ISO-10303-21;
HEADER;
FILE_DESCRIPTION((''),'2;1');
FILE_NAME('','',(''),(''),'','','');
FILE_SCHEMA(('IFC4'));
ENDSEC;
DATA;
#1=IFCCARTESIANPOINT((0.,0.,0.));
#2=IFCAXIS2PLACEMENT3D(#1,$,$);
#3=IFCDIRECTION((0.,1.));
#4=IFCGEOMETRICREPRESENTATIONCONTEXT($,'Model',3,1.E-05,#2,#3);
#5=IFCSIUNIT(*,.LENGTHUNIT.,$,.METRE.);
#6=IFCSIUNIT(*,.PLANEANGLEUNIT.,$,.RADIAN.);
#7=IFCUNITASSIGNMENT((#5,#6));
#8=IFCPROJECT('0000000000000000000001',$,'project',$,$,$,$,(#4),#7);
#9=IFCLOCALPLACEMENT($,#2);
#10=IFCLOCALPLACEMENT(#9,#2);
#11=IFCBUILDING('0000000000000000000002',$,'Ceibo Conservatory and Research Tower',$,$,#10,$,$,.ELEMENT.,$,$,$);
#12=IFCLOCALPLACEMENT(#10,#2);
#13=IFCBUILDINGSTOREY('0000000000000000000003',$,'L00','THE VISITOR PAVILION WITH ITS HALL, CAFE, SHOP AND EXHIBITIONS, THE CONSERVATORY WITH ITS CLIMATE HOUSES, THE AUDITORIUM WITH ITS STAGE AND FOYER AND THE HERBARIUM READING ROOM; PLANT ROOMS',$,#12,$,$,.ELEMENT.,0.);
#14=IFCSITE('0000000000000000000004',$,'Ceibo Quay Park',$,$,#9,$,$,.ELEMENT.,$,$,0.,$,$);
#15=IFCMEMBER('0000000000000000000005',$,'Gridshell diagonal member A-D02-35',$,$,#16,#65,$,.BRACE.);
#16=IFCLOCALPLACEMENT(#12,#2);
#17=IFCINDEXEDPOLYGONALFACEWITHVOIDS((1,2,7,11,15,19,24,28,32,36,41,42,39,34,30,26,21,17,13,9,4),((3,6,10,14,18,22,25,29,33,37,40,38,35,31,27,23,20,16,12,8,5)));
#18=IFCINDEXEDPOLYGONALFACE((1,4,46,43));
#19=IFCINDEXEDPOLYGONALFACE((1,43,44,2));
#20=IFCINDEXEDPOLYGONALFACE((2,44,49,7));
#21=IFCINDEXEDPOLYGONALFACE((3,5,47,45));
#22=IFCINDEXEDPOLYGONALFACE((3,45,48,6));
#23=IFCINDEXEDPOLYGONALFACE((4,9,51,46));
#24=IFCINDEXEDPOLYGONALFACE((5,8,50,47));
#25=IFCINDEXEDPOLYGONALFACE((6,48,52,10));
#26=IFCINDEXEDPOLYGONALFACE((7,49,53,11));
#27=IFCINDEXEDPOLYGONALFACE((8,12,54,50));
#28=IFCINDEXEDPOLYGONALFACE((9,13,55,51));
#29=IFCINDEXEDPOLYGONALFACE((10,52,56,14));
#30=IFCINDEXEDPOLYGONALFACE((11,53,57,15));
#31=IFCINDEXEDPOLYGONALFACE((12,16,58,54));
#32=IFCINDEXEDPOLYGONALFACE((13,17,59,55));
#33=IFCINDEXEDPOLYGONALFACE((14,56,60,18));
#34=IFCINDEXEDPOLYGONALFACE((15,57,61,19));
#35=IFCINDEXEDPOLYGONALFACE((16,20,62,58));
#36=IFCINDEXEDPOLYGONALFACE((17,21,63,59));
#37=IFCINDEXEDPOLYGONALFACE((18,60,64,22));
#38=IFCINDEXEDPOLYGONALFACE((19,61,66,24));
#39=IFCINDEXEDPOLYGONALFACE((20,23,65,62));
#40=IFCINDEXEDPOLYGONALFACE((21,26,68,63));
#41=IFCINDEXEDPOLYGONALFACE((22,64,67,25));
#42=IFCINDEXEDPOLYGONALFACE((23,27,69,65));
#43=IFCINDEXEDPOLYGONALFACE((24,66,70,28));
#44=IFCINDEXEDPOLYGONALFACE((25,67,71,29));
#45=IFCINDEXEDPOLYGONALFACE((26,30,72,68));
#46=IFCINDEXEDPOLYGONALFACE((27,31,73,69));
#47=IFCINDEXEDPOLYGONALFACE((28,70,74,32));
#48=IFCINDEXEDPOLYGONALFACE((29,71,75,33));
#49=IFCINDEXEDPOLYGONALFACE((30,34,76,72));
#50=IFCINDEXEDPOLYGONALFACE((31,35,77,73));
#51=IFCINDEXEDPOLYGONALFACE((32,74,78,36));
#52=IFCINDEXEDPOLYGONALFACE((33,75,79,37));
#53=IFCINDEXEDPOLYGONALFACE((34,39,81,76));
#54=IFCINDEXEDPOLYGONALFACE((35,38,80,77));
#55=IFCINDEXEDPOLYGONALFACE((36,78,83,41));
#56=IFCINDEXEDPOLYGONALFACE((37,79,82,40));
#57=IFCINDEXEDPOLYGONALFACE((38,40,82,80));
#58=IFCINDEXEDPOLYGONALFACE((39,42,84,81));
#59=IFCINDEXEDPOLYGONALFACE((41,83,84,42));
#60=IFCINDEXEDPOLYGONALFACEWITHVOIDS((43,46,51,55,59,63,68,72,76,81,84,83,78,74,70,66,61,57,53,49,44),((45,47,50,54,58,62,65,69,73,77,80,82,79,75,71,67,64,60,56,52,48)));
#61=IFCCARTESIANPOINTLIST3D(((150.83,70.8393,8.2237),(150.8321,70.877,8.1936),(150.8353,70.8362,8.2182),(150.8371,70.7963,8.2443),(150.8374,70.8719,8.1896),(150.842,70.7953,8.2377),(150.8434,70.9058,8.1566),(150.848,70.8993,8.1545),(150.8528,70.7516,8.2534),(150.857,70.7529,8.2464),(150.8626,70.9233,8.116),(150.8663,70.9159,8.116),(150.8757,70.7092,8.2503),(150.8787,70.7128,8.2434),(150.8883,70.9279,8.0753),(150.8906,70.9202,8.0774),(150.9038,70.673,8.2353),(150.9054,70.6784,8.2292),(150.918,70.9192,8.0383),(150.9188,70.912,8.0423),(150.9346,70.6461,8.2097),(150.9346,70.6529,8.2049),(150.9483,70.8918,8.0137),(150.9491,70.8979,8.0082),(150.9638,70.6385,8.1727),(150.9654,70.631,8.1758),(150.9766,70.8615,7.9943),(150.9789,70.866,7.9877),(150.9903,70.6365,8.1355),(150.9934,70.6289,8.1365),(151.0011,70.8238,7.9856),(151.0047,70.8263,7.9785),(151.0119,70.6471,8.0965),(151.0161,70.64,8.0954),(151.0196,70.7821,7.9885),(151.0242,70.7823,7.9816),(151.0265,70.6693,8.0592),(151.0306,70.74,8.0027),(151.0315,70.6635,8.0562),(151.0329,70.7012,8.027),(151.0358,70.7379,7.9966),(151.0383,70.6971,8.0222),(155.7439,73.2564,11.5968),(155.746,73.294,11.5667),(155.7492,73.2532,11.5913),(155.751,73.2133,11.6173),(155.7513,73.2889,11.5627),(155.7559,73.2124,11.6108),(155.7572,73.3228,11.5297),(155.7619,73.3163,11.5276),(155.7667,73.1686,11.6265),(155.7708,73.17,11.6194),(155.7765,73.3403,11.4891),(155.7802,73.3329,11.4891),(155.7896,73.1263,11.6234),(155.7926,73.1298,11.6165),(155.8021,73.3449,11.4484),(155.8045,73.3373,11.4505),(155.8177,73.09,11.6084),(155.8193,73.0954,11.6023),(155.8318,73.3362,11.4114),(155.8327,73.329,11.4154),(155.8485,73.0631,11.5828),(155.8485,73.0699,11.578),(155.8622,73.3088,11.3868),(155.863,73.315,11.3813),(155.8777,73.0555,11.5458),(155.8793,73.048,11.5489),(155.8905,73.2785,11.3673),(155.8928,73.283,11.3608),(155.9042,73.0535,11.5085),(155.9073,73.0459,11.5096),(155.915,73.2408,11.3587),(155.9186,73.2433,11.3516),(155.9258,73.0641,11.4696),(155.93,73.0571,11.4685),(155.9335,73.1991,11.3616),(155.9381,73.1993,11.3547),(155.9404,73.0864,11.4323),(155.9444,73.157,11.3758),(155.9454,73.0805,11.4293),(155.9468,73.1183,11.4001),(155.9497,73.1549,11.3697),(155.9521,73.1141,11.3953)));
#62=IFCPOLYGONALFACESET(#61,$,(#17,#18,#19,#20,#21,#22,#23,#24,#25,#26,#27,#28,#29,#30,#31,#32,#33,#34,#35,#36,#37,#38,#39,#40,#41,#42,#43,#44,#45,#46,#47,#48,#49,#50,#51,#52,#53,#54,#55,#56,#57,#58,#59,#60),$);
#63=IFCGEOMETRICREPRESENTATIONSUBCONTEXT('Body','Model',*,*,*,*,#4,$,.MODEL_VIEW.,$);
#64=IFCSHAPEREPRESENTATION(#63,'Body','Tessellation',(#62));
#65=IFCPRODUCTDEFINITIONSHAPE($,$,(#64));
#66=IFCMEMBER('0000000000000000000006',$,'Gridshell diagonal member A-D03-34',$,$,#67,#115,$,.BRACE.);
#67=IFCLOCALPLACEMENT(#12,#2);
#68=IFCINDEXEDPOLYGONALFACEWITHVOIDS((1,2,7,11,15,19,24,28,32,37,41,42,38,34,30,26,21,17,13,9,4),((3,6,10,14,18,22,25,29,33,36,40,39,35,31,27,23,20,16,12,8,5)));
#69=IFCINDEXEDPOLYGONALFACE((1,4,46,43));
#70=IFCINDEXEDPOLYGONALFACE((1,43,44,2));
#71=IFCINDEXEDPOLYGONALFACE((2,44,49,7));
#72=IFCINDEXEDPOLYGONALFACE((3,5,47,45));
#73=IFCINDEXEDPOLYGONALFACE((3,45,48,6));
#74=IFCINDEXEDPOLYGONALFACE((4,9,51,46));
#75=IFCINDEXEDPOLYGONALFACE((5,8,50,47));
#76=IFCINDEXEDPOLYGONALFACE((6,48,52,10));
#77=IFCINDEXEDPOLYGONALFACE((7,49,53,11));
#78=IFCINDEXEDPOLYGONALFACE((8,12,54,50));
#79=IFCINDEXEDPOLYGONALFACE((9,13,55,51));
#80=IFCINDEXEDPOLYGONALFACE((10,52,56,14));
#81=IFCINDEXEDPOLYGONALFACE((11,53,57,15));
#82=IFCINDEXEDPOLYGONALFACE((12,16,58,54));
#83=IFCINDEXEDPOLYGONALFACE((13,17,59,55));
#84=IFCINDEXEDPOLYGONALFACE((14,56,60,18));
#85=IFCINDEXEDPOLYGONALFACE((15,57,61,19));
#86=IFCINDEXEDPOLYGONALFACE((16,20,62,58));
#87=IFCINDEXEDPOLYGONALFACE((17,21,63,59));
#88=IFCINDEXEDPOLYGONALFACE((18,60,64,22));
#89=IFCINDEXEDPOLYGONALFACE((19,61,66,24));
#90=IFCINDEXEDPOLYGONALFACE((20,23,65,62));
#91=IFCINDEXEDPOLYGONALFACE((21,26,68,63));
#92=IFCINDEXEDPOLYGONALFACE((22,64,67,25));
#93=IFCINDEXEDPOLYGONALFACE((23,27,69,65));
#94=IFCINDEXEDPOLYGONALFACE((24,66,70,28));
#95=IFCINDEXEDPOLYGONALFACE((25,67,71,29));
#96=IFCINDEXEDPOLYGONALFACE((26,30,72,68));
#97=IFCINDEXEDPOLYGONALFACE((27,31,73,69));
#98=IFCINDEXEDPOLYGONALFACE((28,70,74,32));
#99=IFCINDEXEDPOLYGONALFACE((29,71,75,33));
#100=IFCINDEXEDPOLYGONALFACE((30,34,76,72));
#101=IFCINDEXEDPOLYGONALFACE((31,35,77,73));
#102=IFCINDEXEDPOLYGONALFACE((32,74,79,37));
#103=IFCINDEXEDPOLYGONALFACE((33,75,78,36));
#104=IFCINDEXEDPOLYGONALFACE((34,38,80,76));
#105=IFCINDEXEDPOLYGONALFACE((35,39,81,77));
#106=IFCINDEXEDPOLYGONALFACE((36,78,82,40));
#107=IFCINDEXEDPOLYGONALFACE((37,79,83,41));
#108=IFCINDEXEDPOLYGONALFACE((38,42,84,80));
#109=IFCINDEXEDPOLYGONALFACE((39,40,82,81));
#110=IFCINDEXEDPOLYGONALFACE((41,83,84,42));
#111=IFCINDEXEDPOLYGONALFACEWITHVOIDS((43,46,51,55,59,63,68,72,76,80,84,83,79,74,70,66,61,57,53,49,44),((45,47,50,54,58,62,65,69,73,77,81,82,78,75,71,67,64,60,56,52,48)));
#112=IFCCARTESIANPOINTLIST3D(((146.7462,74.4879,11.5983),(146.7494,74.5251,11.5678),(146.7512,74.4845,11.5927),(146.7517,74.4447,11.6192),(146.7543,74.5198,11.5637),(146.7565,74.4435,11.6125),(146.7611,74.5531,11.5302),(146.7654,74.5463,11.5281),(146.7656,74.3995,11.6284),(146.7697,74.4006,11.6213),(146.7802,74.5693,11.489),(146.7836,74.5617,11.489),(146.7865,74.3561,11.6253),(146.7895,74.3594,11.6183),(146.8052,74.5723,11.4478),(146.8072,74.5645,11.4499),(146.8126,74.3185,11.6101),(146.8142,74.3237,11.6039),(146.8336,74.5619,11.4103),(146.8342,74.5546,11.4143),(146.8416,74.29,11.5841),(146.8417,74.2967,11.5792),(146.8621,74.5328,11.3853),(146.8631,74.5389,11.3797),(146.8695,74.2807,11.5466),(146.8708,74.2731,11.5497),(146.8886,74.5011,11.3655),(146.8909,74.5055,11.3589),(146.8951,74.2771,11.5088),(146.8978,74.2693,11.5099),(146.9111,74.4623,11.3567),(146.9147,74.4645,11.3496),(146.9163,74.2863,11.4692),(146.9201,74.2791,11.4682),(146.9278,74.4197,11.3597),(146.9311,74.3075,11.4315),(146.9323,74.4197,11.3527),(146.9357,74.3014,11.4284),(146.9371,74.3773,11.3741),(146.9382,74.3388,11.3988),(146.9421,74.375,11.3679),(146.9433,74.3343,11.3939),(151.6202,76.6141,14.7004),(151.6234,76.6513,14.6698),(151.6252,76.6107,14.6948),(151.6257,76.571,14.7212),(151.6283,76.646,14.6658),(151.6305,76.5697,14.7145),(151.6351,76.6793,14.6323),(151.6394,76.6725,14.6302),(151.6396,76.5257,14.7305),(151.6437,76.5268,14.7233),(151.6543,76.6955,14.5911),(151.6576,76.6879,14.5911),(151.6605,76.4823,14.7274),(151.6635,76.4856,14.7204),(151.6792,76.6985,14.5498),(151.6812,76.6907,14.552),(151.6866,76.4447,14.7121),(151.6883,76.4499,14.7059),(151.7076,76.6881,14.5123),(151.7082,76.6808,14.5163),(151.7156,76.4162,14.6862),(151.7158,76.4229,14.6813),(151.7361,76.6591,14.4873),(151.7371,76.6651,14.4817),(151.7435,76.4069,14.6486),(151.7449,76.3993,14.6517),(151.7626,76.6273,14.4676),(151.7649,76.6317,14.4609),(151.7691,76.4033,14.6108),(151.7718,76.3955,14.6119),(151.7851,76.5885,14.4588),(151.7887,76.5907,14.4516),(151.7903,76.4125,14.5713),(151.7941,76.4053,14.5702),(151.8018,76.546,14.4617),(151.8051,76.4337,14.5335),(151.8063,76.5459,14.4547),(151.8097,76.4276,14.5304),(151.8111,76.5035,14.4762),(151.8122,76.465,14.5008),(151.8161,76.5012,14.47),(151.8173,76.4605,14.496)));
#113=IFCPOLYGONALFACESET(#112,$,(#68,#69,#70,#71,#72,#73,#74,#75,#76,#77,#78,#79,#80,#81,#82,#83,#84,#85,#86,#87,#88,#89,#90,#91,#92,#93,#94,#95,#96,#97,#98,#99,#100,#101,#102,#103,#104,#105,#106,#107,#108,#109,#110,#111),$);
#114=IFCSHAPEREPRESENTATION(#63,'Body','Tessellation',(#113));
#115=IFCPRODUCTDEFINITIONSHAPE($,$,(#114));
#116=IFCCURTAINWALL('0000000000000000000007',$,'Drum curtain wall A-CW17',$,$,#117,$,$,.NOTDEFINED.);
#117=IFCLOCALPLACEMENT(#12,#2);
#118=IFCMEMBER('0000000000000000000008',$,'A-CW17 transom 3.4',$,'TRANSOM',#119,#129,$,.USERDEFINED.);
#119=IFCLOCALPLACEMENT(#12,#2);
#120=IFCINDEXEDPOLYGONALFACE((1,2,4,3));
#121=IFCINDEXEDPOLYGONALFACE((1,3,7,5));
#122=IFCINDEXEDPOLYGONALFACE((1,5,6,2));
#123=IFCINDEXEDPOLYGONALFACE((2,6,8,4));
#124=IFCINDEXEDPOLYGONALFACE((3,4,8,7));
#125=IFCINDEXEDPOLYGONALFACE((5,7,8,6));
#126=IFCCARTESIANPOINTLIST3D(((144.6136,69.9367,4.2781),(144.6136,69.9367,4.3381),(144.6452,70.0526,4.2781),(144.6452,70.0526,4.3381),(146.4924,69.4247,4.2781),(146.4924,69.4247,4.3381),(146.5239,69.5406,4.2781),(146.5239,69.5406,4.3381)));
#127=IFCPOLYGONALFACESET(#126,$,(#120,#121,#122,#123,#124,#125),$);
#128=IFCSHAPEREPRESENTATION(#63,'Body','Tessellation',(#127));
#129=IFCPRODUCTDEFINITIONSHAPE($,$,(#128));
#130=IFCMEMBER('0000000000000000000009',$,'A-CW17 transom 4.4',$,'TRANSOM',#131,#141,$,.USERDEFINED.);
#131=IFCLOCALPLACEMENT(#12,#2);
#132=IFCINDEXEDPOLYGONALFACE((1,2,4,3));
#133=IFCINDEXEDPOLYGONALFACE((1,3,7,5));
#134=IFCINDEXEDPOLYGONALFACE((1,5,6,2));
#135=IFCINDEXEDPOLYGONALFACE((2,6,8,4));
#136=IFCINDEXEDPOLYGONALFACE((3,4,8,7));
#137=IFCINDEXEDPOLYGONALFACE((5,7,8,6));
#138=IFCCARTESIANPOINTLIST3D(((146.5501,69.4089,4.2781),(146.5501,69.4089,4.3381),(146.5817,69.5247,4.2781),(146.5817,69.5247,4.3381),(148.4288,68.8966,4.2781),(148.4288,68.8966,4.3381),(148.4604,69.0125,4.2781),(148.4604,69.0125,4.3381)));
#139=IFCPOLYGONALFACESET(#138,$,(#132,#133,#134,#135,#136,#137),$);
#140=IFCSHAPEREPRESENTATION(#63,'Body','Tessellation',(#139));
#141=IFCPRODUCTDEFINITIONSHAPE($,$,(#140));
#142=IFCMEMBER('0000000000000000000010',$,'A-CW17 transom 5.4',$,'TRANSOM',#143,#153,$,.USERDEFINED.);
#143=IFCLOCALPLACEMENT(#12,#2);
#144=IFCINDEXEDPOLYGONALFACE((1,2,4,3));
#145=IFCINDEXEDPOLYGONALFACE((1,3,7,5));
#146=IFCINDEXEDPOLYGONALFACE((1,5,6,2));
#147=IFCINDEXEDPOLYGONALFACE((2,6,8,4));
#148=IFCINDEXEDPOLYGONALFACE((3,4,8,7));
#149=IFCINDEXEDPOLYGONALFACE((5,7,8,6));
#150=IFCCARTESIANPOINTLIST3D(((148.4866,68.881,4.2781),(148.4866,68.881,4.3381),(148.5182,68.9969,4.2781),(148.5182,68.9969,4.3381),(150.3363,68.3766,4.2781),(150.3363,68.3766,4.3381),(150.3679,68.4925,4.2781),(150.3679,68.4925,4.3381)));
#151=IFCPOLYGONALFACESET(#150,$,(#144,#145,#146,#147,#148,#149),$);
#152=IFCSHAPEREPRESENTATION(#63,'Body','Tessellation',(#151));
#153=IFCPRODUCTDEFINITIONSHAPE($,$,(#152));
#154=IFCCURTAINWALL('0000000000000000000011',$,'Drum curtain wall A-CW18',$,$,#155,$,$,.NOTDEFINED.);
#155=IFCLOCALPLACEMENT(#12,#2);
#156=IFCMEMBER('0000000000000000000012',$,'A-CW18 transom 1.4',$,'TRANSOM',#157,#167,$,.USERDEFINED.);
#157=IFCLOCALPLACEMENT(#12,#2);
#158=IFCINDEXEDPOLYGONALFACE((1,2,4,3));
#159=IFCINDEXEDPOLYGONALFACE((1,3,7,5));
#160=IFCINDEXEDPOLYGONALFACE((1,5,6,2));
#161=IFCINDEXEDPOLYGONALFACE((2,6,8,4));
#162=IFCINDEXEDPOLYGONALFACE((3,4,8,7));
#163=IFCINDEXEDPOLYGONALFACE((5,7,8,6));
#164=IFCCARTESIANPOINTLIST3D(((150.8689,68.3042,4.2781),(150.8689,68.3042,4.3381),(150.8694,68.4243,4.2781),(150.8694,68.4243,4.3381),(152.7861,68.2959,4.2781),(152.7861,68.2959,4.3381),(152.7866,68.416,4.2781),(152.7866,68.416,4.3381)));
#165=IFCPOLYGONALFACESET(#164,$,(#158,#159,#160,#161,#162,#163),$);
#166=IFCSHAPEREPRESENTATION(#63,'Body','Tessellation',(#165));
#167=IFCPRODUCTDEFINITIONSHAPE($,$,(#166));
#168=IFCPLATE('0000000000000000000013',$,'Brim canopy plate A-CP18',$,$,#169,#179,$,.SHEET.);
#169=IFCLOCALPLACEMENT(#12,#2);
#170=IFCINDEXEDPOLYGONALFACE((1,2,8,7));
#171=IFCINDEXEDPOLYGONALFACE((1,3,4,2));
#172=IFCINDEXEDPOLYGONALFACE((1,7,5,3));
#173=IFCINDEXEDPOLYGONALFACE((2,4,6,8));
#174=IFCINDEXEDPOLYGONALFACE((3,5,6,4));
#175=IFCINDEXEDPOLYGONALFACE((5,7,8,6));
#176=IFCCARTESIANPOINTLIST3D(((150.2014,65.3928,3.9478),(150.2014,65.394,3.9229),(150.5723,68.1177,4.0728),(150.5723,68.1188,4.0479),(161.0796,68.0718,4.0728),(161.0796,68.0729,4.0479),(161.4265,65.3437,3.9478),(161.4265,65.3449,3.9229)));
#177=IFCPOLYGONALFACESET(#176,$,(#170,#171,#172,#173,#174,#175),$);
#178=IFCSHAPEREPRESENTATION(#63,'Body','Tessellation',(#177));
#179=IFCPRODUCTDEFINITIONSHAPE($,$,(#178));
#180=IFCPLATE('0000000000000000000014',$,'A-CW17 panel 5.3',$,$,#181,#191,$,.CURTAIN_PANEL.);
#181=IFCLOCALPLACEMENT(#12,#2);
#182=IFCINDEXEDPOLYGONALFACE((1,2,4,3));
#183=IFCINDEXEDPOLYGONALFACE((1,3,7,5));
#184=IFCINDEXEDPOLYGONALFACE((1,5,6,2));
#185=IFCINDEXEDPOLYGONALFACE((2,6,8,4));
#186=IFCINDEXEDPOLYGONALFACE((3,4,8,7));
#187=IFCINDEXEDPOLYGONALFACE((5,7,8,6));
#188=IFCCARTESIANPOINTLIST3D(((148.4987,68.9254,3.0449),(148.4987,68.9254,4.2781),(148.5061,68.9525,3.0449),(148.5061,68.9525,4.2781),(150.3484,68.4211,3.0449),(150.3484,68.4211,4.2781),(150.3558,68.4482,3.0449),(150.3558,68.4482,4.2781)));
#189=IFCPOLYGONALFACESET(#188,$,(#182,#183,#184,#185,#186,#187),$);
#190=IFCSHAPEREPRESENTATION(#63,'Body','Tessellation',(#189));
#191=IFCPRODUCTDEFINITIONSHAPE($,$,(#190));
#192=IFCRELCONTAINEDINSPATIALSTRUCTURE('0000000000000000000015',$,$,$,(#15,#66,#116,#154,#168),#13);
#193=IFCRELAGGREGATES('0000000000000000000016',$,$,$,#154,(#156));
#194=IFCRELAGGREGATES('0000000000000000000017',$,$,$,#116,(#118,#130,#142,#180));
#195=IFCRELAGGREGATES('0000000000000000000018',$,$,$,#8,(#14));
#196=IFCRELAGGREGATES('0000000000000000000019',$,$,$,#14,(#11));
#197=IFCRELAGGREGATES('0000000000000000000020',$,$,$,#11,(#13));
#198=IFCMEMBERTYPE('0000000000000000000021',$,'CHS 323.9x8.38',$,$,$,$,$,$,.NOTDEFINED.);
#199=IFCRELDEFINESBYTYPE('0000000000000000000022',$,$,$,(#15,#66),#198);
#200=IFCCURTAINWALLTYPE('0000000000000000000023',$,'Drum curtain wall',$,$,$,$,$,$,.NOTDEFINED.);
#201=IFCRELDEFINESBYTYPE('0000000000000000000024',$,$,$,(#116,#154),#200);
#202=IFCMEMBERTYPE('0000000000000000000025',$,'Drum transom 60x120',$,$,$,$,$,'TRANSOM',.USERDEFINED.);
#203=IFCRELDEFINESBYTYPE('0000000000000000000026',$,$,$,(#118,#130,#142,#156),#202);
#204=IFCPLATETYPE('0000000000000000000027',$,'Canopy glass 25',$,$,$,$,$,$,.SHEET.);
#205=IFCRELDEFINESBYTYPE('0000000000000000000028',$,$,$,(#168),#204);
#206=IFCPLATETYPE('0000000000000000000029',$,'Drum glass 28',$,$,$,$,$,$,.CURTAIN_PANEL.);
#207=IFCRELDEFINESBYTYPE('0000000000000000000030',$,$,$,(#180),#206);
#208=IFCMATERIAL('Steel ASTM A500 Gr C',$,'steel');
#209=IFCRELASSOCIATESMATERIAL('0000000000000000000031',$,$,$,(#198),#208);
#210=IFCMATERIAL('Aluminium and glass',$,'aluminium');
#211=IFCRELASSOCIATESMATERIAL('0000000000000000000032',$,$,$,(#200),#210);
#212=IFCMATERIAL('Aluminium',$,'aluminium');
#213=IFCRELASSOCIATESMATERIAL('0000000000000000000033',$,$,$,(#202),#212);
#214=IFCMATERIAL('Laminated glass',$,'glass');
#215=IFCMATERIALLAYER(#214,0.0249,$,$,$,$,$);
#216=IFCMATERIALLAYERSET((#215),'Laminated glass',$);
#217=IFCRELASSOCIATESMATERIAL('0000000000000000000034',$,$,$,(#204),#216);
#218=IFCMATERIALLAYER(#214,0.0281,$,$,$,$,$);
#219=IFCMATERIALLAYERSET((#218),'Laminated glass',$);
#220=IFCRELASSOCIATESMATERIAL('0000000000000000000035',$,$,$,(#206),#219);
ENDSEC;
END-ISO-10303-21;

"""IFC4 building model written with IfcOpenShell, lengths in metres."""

from ifc_helpers import new_model, si_unit, direction, frame, origin, origin_2d, place, context, subcontext, project, spatial, polyline, rectangle, hollow_circle, outline, extrude, material, layer, layer_set, material_profile, profile_set, type_object, element, aggregate, save


model = new_model("IFC4")

# Units and contexts
model_context = context("Model", 3, precision=1e-05, world=origin(), true_north=direction((0.0, 1.0)))
body_context = subcontext(model_context, "Body", "Model", "MODEL_VIEW")
ifc_project = project(units=[si_unit("LENGTHUNIT", "METRE"), si_unit("PLANEANGLEUNIT", "RADIAN")], contexts=[model_context])

# Site, building, storey
site_placement = place(None, origin())
site = spatial("IfcSite", under=ifc_project, at=site_placement, Name="Ceibo Quay Park", CompositionType="ELEMENT", RefElevation=0.0)
building_placement = place(site_placement, origin())
building = spatial("IfcBuilding", under=site, at=building_placement, Name="Ceibo Conservatory and Research Tower", CompositionType="ELEMENT")
storey_placement = place(building_placement, origin())
storey = spatial("IfcBuildingStorey", under=building, at=storey_placement, Name="L00", Description="THE VISITOR PAVILION WITH ITS HALL, CAFE, SHOP AND EXHIBITIONS, THE CONSERVATORY WITH ITS CLIMATE HOUSES, THE AUDITORIUM WITH ITS STAGE AND FOYER AND THE HERBARIUM READING ROOM; PLANT ROOMS", CompositionType="ELEMENT", Elevation=0.0)

# Members
ifc_material_1 = material(Name="Steel ASTM A500 Gr C", Category="steel")
ifc_material_profile_1 = material_profile(ifc_material_1, hollow_circle(Radius=0.1619, WallThickness=0.0083, at=origin_2d()), Name="CHS 323.9x8.38")
ifc_profile_set_1 = profile_set([ifc_material_profile_1], Name="Steel ASTM A500 Gr C")
member_type_1 = type_object("IfcMemberType", Name="CHS 323.9x8.38", PredefinedType="NOTDEFINED", material=ifc_profile_set_1)
member_1_placement = place(storey_placement, frame((150.9341, 70.7781, 8.116), z_axis=(0.764017, 0.375802, 0.524453), x_axis=(-0.441373, 0.897324, 0.0)))
element("IfcMember", 1, at=member_1_placement, inside=storey, type_object=member_type_1, Name="Gridshell diagonal member A-D02-35", PredefinedType="BRACE", context=body_context, shape_type="SweptSolid", body=[
    extrude(hollow_circle(Radius=0.1619, WallThickness=0.0083, at=origin_2d()), origin(), (0.0, 0.0, 1.0), 6.4316),
])
member_2_placement = place(storey_placement, frame((146.845, 74.4209, 11.489), z_axis=(0.791717, 0.345375, 0.503885), x_axis=(-0.399846, 0.916583, 0.0)))
element("IfcMember", 2, at=member_2_placement, inside=storey, type_object=member_type_1, Name="Gridshell diagonal member A-D03-34", PredefinedType="BRACE", context=body_context, shape_type="SweptSolid", body=[
    extrude(hollow_circle(Radius=0.1619, WallThickness=0.0083, at=origin_2d()), origin(), (0.0, 0.0, 1.0), 6.1562),
])

# Curtain wall, members
ifc_material_2 = material(Name="Aluminium and glass", Category="aluminium")
curtain_wall_type = type_object("IfcCurtainWallType", Name="Drum curtain wall", PredefinedType="NOTDEFINED", material=ifc_material_2)
curtain_wall_1_placement = place(storey_placement, origin())
curtain_wall_1 = element("IfcCurtainWall", 3, at=curtain_wall_1_placement, inside=storey, type_object=curtain_wall_type, Name="Drum curtain wall A-CW17", PredefinedType="NOTDEFINED")
ifc_material_3 = material(Name="Aluminium", Category="aluminium")
ifc_material_profile_2 = material_profile(ifc_material_3, rectangle(XDim=0.1201, YDim=0.0601, at=origin_2d()), Name="AL 60x120")
ifc_profile_set_2 = profile_set([ifc_material_profile_2], Name="Aluminium")
member_type_2 = type_object("IfcMemberType", Name="Drum transom 60x120", ElementType="TRANSOM", PredefinedType="USERDEFINED", material=ifc_profile_set_2)
member_3_placement = place(storey_placement, frame((144.6294, 69.9946, 4.3081), z_axis=(0.964816, -0.262926, 0.0), x_axis=(0.262926, 0.964816, 0.0)))
member_3 = element("IfcMember", 4, at=member_3_placement, type_object=member_type_2, Name="A-CW17 transom 3.4", ObjectType="TRANSOM", PredefinedType="USERDEFINED", context=body_context, shape_type="SweptSolid", body=[
    extrude(rectangle(XDim=0.1201, YDim=0.0601, at=origin_2d()), origin(), (0.0, 0.0, 1.0), 1.9473),
])
member_4_placement = place(storey_placement, frame((146.5659, 69.4668, 4.3081), z_axis=(0.964784, -0.263043, 0.0), x_axis=(0.263043, 0.964784, 0.0)))
member_4 = element("IfcMember", 5, at=member_4_placement, type_object=member_type_2, Name="A-CW17 transom 4.4", ObjectType="TRANSOM", PredefinedType="USERDEFINED", context=body_context, shape_type="SweptSolid", body=[
    extrude(rectangle(XDim=0.1201, YDim=0.0601, at=origin_2d()), origin(), (0.0, 0.0, 1.0), 1.9473),
])
member_5_placement = place(storey_placement, frame((148.5024, 68.939, 4.3081), z_axis=(0.96477, -0.263096, 0.0), x_axis=(0.263096, 0.96477, 0.0)))
member_5 = element("IfcMember", 6, at=member_5_placement, type_object=member_type_2, Name="A-CW17 transom 5.4", ObjectType="TRANSOM", PredefinedType="USERDEFINED", context=body_context, shape_type="SweptSolid", body=[
    extrude(rectangle(XDim=0.1201, YDim=0.0601, at=origin_2d()), origin(), (0.0, 0.0, 1.0), 1.9172),
])

# Curtain wall, member
curtain_wall_2_placement = place(storey_placement, origin())
curtain_wall_2 = element("IfcCurtainWall", 7, at=curtain_wall_2_placement, inside=storey, type_object=curtain_wall_type, Name="Drum curtain wall A-CW18", PredefinedType="NOTDEFINED")
member_6_placement = place(storey_placement, frame((150.8691, 68.3643, 4.3081), z_axis=(0.999991, -0.00433, 0.0), x_axis=(0.00433, 0.999991, 0.0)))
member_6 = element("IfcMember", 8, at=member_6_placement, type_object=member_type_2, Name="A-CW18 transom 1.4", ObjectType="TRANSOM", PredefinedType="USERDEFINED", context=body_context, shape_type="SweptSolid", body=[
    extrude(rectangle(XDim=0.1201, YDim=0.0601, at=origin_2d()), origin(), (0.0, 0.0, 1.0), 1.9172),
])
aggregate(curtain_wall_2, [member_6])

# Plates
ifc_material_4 = material(Name="Laminated glass", Category="glass")
ifc_layer_1 = layer(ifc_material_4, 0.0249)
ifc_layer_set_1 = layer_set([ifc_layer_1], Name="Laminated glass")
plate_type_1 = type_object("IfcPlateType", Name="Canopy glass 25", PredefinedType="SHEET", material=ifc_layer_set_1)
plate_1_placement = place(storey_placement, frame((150.5723, 68.1177, 4.0728), z_axis=(0.0002, 0.045798, -0.998951), x_axis=(0.99999, -0.004368, 0.0)))
element("IfcPlate", 9, at=plate_1_placement, inside=storey, type_object=plate_type_1, Name="Brim canopy plate A-CP18", PredefinedType="SHEET", context=body_context, shape_type="SweptSolid", body=[
    extrude(outline(polyline([(0.0, 0.0), (10.5074, 0.0), (10.8663, 2.7293), (-0.3589, 2.7293), (0.0, 0.0)])), origin(), (0.0, 0.0, 1.0), 0.0249),
])
ifc_layer_2 = layer(ifc_material_4, 0.0281)
ifc_layer_set_2 = layer_set([ifc_layer_2], Name="Laminated glass")
plate_type_2 = type_object("IfcPlateType", Name="Drum glass 28", PredefinedType="CURTAIN_PANEL", material=ifc_layer_set_2)
plate_2_placement = place(storey_placement, frame((149.4272, 68.6868, 3.0449), z_axis=(0.0, 0.0, 1.0), x_axis=(0.964787, -0.263031, 0.0)))
plate_2 = element("IfcPlate", 10, at=plate_2_placement, type_object=plate_type_2, Name="A-CW17 panel 5.3", PredefinedType="CURTAIN_PANEL", context=body_context, shape_type="SweptSolid", body=[
    extrude(rectangle(XDim=1.9172, YDim=0.0281, at=origin_2d()), origin(), (0.0, 0.0, 1.0), 1.2332),
])
aggregate(curtain_wall_1, [member_3, member_4, member_5, plate_2])

save(model, "model.ifc")
